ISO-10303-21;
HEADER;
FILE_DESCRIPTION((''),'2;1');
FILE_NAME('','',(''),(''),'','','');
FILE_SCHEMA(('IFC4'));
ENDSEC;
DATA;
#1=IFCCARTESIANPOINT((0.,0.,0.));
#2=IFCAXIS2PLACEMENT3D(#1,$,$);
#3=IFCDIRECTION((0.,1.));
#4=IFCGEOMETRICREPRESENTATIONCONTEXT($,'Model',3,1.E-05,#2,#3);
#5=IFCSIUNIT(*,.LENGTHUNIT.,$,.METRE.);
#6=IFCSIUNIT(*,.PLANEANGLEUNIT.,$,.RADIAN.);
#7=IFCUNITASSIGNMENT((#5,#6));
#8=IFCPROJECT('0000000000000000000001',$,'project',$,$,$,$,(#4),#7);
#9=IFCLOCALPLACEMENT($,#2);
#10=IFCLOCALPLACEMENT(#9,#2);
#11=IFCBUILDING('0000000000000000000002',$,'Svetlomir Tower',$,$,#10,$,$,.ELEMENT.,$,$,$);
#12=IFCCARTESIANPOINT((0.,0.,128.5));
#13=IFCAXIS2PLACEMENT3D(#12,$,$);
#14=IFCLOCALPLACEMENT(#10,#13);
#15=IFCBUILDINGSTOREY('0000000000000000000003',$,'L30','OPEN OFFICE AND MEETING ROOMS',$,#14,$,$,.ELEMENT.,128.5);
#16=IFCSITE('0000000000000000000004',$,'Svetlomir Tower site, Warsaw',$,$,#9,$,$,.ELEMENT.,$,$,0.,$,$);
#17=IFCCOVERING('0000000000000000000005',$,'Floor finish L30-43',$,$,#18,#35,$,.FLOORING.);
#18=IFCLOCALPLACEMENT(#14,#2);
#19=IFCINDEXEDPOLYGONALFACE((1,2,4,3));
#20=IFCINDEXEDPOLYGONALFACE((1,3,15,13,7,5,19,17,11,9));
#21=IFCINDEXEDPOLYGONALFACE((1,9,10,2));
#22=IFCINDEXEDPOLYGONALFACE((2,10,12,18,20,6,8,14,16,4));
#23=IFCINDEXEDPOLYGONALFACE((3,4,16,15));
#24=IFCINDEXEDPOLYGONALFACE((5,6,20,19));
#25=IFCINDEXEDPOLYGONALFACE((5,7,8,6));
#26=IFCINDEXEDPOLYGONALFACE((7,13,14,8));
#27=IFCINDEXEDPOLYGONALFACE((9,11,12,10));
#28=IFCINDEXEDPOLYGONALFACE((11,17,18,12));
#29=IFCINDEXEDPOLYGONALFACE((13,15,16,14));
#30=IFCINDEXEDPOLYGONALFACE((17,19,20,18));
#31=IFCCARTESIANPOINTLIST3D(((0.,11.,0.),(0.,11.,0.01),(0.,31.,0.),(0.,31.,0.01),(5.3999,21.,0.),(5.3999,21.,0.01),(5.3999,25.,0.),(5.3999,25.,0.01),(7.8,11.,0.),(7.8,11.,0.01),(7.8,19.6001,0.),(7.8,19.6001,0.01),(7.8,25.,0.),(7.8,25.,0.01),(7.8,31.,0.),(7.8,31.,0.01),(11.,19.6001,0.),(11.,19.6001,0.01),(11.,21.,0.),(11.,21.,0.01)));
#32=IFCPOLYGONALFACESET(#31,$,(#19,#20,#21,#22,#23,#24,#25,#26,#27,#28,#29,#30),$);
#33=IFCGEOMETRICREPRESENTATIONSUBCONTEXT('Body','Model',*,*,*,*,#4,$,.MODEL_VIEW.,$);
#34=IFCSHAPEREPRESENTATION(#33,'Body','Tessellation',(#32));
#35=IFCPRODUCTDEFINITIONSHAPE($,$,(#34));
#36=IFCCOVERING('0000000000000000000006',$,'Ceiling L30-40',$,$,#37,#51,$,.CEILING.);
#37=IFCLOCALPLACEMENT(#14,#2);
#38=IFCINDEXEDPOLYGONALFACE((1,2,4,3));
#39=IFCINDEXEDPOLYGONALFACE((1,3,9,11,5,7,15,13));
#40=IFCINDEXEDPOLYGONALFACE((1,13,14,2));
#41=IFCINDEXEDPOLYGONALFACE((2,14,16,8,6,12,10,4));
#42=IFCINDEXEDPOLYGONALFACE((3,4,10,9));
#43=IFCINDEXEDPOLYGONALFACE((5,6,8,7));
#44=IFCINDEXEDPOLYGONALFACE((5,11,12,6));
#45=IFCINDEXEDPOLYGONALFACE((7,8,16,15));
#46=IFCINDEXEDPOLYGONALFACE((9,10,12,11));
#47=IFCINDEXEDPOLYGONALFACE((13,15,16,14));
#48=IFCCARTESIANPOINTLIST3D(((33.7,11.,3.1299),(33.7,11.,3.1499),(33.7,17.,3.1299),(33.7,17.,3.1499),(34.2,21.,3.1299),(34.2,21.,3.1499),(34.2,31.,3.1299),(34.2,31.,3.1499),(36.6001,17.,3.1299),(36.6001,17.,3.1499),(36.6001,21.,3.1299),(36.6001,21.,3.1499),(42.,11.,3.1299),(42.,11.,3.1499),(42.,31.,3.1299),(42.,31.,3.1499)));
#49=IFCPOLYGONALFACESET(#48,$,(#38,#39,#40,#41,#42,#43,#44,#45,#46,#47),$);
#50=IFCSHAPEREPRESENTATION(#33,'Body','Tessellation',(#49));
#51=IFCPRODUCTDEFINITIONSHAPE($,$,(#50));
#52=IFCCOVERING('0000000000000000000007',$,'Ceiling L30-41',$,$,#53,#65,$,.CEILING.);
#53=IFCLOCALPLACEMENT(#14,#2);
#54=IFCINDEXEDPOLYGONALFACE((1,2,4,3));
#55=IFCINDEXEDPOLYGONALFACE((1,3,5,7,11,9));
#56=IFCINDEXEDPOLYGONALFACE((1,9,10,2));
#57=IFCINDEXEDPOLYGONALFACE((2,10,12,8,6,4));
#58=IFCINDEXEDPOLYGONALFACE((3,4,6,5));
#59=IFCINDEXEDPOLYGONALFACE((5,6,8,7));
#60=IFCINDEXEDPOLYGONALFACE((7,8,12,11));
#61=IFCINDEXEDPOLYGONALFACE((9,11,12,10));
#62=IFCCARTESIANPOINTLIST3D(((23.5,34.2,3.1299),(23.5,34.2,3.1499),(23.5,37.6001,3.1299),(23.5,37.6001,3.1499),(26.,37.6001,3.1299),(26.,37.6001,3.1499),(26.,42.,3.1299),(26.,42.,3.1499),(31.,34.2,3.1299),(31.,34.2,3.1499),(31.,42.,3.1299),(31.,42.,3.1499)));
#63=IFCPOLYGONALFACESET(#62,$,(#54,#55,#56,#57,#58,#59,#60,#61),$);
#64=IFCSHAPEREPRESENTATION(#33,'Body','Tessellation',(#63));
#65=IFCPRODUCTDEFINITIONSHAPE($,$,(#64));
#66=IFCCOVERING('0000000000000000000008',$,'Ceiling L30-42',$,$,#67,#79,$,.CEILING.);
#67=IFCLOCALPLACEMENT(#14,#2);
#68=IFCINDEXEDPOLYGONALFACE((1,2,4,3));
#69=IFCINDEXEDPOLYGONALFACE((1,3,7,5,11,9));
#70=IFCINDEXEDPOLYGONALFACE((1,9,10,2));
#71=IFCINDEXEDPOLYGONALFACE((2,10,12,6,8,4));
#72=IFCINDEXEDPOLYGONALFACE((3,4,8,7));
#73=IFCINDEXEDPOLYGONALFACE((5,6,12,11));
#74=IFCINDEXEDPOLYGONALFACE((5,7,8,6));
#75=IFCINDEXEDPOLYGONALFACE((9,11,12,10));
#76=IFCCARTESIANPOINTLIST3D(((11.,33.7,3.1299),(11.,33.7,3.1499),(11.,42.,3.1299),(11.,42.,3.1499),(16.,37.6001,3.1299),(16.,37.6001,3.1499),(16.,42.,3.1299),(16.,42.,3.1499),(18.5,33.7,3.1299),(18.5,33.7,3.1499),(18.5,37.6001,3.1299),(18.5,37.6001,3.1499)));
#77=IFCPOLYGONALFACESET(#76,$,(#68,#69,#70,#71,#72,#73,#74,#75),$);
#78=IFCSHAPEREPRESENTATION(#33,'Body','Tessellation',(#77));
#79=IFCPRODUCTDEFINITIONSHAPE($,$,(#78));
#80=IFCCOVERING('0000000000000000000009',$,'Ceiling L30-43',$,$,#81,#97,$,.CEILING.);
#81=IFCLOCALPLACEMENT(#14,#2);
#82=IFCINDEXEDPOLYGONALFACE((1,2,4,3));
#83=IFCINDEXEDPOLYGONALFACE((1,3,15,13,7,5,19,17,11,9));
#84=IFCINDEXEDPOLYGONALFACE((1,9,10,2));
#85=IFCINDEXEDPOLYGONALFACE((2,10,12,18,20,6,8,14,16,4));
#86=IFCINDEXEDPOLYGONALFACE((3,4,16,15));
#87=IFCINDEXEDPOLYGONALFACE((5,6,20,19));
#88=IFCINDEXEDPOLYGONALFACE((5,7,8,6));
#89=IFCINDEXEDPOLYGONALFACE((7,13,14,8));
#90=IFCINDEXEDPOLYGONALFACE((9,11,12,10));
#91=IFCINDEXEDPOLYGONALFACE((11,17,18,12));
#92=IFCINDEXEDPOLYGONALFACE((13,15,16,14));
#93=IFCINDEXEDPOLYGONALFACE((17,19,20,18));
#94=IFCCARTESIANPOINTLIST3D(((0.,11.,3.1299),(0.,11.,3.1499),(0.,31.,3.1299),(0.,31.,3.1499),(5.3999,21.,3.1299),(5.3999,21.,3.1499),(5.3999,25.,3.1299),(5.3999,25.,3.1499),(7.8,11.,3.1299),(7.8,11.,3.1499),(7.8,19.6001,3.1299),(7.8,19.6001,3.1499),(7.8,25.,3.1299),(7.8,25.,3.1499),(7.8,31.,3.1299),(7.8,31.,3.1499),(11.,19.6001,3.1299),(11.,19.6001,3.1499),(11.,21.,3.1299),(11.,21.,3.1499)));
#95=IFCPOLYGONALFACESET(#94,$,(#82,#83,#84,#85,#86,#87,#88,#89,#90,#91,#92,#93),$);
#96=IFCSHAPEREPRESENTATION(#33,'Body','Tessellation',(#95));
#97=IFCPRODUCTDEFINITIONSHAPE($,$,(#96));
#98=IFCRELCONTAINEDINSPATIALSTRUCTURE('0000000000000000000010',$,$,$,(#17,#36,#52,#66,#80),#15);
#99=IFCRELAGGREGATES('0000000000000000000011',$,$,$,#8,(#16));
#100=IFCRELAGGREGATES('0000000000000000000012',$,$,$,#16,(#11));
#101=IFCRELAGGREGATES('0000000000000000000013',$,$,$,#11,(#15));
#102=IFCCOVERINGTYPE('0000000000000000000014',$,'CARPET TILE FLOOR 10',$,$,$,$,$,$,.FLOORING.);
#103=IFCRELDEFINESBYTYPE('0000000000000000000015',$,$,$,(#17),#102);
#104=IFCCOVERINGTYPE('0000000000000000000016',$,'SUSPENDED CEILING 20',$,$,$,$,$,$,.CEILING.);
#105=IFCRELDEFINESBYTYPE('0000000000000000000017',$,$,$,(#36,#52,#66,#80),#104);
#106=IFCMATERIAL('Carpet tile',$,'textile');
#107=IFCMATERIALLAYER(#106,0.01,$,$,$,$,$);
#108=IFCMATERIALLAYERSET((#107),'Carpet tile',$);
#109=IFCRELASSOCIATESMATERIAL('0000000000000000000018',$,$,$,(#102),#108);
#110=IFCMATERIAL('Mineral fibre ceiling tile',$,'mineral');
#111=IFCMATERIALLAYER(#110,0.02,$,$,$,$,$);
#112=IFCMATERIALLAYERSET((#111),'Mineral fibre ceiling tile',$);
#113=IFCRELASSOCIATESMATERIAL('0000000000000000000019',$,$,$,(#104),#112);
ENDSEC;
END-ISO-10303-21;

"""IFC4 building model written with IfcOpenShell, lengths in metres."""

from ifc_helpers import new_model, si_unit, direction, frame, origin, place, context, subcontext, project, spatial, polyline, outline, extrude, material, layer, layer_set, type_object, element, save


model = new_model("IFC4")

# Units and contexts
model_context = context("Model", 3, precision=1e-05, world=origin(), true_north=direction((0.0, 1.0)))
body_context = subcontext(model_context, "Body", "Model", "MODEL_VIEW")
ifc_project = project(units=[si_unit("LENGTHUNIT", "METRE"), si_unit("PLANEANGLEUNIT", "RADIAN")], contexts=[model_context])

# Site, building, storey
site_placement = place(None, origin())
site = spatial("IfcSite", under=ifc_project, at=site_placement, Name="Svetlomir Tower site, Warsaw", CompositionType="ELEMENT", RefElevation=0.0)
building_placement = place(site_placement, origin())
building = spatial("IfcBuilding", under=site, at=building_placement, Name="Svetlomir Tower", CompositionType="ELEMENT")
storey_placement = place(building_placement, frame((0.0, 0.0, 128.5)))
storey = spatial("IfcBuildingStorey", under=building, at=storey_placement, Name="L30", Description="OPEN OFFICE AND MEETING ROOMS", CompositionType="ELEMENT", Elevation=128.5)

# Coverings
ifc_material_1 = material(Name="Carpet tile", Category="textile")
ifc_layer_1 = layer(ifc_material_1, 0.01)
ifc_layer_set_1 = layer_set([ifc_layer_1], Name="Carpet tile")
covering_type_1 = type_object("IfcCoveringType", Name="CARPET TILE FLOOR 10", PredefinedType="FLOORING", material=ifc_layer_set_1)
covering_1_placement = place(storey_placement, origin())
element("IfcCovering", 1, at=covering_1_placement, inside=storey, type_object=covering_type_1, Name="Floor finish L30-43", PredefinedType="FLOORING", context=body_context, shape_type="SweptSolid", body=[
    extrude(outline(polyline([(7.8, 31.0), (7.8, 25.0), (5.3999, 25.0), (5.3999, 21.0), (11.0, 21.0), (11.0, 19.6001), (7.8, 19.6001), (7.8, 11.0), (0.0, 11.0), (0.0, 31.0), (7.8, 31.0)])), origin(), (0.0, 0.0, 1.0), 0.01),
])
ifc_material_2 = material(Name="Mineral fibre ceiling tile", Category="mineral")
ifc_layer_2 = layer(ifc_material_2, 0.02)
ifc_layer_set_2 = layer_set([ifc_layer_2], Name="Mineral fibre ceiling tile")
covering_type_2 = type_object("IfcCoveringType", Name="SUSPENDED CEILING 20", PredefinedType="CEILING", material=ifc_layer_set_2)
covering_2_placement = place(storey_placement, frame((0.0, 0.0, 3.1299)))
element("IfcCovering", 2, at=covering_2_placement, inside=storey, type_object=covering_type_2, Name="Ceiling L30-40", PredefinedType="CEILING", context=body_context, shape_type="SweptSolid", body=[
    extrude(outline(polyline([(33.7, 11.0), (33.7, 17.0), (36.6001, 17.0), (36.6001, 21.0), (34.2, 21.0), (34.2, 31.0), (42.0, 31.0), (42.0, 11.0), (33.7, 11.0)])), origin(), (0.0, 0.0, 1.0), 0.02),
])
covering_3_placement = place(storey_placement, frame((0.0, 0.0, 3.1299)))
element("IfcCovering", 3, at=covering_3_placement, inside=storey, type_object=covering_type_2, Name="Ceiling L30-41", PredefinedType="CEILING", context=body_context, shape_type="SweptSolid", body=[
    extrude(outline(polyline([(23.5, 34.2), (23.5, 37.6001), (26.0, 37.6001), (26.0, 42.0), (31.0, 42.0), (31.0, 34.2), (23.5, 34.2)])), origin(), (0.0, 0.0, 1.0), 0.02),
])
covering_4_placement = place(storey_placement, frame((0.0, 0.0, 3.1299)))
element("IfcCovering", 4, at=covering_4_placement, inside=storey, type_object=covering_type_2, Name="Ceiling L30-42", PredefinedType="CEILING", context=body_context, shape_type="SweptSolid", body=[
    extrude(outline(polyline([(11.0, 33.7), (11.0, 42.0), (16.0, 42.0), (16.0, 37.6001), (18.5, 37.6001), (18.5, 33.7), (11.0, 33.7)])), origin(), (0.0, 0.0, 1.0), 0.02),
])
covering_5_placement = place(storey_placement, frame((0.0, 0.0, 3.1299)))
element("IfcCovering", 5, at=covering_5_placement, inside=storey, type_object=covering_type_2, Name="Ceiling L30-43", PredefinedType="CEILING", context=body_context, shape_type="SweptSolid", body=[
    extrude(outline(polyline([(7.8, 31.0), (7.8, 25.0), (5.3999, 25.0), (5.3999, 21.0), (11.0, 21.0), (11.0, 19.6001), (7.8, 19.6001), (7.8, 11.0), (0.0, 11.0), (0.0, 31.0), (7.8, 31.0)])), origin(), (0.0, 0.0, 1.0), 0.02),
])

save(model, "model.ifc")
